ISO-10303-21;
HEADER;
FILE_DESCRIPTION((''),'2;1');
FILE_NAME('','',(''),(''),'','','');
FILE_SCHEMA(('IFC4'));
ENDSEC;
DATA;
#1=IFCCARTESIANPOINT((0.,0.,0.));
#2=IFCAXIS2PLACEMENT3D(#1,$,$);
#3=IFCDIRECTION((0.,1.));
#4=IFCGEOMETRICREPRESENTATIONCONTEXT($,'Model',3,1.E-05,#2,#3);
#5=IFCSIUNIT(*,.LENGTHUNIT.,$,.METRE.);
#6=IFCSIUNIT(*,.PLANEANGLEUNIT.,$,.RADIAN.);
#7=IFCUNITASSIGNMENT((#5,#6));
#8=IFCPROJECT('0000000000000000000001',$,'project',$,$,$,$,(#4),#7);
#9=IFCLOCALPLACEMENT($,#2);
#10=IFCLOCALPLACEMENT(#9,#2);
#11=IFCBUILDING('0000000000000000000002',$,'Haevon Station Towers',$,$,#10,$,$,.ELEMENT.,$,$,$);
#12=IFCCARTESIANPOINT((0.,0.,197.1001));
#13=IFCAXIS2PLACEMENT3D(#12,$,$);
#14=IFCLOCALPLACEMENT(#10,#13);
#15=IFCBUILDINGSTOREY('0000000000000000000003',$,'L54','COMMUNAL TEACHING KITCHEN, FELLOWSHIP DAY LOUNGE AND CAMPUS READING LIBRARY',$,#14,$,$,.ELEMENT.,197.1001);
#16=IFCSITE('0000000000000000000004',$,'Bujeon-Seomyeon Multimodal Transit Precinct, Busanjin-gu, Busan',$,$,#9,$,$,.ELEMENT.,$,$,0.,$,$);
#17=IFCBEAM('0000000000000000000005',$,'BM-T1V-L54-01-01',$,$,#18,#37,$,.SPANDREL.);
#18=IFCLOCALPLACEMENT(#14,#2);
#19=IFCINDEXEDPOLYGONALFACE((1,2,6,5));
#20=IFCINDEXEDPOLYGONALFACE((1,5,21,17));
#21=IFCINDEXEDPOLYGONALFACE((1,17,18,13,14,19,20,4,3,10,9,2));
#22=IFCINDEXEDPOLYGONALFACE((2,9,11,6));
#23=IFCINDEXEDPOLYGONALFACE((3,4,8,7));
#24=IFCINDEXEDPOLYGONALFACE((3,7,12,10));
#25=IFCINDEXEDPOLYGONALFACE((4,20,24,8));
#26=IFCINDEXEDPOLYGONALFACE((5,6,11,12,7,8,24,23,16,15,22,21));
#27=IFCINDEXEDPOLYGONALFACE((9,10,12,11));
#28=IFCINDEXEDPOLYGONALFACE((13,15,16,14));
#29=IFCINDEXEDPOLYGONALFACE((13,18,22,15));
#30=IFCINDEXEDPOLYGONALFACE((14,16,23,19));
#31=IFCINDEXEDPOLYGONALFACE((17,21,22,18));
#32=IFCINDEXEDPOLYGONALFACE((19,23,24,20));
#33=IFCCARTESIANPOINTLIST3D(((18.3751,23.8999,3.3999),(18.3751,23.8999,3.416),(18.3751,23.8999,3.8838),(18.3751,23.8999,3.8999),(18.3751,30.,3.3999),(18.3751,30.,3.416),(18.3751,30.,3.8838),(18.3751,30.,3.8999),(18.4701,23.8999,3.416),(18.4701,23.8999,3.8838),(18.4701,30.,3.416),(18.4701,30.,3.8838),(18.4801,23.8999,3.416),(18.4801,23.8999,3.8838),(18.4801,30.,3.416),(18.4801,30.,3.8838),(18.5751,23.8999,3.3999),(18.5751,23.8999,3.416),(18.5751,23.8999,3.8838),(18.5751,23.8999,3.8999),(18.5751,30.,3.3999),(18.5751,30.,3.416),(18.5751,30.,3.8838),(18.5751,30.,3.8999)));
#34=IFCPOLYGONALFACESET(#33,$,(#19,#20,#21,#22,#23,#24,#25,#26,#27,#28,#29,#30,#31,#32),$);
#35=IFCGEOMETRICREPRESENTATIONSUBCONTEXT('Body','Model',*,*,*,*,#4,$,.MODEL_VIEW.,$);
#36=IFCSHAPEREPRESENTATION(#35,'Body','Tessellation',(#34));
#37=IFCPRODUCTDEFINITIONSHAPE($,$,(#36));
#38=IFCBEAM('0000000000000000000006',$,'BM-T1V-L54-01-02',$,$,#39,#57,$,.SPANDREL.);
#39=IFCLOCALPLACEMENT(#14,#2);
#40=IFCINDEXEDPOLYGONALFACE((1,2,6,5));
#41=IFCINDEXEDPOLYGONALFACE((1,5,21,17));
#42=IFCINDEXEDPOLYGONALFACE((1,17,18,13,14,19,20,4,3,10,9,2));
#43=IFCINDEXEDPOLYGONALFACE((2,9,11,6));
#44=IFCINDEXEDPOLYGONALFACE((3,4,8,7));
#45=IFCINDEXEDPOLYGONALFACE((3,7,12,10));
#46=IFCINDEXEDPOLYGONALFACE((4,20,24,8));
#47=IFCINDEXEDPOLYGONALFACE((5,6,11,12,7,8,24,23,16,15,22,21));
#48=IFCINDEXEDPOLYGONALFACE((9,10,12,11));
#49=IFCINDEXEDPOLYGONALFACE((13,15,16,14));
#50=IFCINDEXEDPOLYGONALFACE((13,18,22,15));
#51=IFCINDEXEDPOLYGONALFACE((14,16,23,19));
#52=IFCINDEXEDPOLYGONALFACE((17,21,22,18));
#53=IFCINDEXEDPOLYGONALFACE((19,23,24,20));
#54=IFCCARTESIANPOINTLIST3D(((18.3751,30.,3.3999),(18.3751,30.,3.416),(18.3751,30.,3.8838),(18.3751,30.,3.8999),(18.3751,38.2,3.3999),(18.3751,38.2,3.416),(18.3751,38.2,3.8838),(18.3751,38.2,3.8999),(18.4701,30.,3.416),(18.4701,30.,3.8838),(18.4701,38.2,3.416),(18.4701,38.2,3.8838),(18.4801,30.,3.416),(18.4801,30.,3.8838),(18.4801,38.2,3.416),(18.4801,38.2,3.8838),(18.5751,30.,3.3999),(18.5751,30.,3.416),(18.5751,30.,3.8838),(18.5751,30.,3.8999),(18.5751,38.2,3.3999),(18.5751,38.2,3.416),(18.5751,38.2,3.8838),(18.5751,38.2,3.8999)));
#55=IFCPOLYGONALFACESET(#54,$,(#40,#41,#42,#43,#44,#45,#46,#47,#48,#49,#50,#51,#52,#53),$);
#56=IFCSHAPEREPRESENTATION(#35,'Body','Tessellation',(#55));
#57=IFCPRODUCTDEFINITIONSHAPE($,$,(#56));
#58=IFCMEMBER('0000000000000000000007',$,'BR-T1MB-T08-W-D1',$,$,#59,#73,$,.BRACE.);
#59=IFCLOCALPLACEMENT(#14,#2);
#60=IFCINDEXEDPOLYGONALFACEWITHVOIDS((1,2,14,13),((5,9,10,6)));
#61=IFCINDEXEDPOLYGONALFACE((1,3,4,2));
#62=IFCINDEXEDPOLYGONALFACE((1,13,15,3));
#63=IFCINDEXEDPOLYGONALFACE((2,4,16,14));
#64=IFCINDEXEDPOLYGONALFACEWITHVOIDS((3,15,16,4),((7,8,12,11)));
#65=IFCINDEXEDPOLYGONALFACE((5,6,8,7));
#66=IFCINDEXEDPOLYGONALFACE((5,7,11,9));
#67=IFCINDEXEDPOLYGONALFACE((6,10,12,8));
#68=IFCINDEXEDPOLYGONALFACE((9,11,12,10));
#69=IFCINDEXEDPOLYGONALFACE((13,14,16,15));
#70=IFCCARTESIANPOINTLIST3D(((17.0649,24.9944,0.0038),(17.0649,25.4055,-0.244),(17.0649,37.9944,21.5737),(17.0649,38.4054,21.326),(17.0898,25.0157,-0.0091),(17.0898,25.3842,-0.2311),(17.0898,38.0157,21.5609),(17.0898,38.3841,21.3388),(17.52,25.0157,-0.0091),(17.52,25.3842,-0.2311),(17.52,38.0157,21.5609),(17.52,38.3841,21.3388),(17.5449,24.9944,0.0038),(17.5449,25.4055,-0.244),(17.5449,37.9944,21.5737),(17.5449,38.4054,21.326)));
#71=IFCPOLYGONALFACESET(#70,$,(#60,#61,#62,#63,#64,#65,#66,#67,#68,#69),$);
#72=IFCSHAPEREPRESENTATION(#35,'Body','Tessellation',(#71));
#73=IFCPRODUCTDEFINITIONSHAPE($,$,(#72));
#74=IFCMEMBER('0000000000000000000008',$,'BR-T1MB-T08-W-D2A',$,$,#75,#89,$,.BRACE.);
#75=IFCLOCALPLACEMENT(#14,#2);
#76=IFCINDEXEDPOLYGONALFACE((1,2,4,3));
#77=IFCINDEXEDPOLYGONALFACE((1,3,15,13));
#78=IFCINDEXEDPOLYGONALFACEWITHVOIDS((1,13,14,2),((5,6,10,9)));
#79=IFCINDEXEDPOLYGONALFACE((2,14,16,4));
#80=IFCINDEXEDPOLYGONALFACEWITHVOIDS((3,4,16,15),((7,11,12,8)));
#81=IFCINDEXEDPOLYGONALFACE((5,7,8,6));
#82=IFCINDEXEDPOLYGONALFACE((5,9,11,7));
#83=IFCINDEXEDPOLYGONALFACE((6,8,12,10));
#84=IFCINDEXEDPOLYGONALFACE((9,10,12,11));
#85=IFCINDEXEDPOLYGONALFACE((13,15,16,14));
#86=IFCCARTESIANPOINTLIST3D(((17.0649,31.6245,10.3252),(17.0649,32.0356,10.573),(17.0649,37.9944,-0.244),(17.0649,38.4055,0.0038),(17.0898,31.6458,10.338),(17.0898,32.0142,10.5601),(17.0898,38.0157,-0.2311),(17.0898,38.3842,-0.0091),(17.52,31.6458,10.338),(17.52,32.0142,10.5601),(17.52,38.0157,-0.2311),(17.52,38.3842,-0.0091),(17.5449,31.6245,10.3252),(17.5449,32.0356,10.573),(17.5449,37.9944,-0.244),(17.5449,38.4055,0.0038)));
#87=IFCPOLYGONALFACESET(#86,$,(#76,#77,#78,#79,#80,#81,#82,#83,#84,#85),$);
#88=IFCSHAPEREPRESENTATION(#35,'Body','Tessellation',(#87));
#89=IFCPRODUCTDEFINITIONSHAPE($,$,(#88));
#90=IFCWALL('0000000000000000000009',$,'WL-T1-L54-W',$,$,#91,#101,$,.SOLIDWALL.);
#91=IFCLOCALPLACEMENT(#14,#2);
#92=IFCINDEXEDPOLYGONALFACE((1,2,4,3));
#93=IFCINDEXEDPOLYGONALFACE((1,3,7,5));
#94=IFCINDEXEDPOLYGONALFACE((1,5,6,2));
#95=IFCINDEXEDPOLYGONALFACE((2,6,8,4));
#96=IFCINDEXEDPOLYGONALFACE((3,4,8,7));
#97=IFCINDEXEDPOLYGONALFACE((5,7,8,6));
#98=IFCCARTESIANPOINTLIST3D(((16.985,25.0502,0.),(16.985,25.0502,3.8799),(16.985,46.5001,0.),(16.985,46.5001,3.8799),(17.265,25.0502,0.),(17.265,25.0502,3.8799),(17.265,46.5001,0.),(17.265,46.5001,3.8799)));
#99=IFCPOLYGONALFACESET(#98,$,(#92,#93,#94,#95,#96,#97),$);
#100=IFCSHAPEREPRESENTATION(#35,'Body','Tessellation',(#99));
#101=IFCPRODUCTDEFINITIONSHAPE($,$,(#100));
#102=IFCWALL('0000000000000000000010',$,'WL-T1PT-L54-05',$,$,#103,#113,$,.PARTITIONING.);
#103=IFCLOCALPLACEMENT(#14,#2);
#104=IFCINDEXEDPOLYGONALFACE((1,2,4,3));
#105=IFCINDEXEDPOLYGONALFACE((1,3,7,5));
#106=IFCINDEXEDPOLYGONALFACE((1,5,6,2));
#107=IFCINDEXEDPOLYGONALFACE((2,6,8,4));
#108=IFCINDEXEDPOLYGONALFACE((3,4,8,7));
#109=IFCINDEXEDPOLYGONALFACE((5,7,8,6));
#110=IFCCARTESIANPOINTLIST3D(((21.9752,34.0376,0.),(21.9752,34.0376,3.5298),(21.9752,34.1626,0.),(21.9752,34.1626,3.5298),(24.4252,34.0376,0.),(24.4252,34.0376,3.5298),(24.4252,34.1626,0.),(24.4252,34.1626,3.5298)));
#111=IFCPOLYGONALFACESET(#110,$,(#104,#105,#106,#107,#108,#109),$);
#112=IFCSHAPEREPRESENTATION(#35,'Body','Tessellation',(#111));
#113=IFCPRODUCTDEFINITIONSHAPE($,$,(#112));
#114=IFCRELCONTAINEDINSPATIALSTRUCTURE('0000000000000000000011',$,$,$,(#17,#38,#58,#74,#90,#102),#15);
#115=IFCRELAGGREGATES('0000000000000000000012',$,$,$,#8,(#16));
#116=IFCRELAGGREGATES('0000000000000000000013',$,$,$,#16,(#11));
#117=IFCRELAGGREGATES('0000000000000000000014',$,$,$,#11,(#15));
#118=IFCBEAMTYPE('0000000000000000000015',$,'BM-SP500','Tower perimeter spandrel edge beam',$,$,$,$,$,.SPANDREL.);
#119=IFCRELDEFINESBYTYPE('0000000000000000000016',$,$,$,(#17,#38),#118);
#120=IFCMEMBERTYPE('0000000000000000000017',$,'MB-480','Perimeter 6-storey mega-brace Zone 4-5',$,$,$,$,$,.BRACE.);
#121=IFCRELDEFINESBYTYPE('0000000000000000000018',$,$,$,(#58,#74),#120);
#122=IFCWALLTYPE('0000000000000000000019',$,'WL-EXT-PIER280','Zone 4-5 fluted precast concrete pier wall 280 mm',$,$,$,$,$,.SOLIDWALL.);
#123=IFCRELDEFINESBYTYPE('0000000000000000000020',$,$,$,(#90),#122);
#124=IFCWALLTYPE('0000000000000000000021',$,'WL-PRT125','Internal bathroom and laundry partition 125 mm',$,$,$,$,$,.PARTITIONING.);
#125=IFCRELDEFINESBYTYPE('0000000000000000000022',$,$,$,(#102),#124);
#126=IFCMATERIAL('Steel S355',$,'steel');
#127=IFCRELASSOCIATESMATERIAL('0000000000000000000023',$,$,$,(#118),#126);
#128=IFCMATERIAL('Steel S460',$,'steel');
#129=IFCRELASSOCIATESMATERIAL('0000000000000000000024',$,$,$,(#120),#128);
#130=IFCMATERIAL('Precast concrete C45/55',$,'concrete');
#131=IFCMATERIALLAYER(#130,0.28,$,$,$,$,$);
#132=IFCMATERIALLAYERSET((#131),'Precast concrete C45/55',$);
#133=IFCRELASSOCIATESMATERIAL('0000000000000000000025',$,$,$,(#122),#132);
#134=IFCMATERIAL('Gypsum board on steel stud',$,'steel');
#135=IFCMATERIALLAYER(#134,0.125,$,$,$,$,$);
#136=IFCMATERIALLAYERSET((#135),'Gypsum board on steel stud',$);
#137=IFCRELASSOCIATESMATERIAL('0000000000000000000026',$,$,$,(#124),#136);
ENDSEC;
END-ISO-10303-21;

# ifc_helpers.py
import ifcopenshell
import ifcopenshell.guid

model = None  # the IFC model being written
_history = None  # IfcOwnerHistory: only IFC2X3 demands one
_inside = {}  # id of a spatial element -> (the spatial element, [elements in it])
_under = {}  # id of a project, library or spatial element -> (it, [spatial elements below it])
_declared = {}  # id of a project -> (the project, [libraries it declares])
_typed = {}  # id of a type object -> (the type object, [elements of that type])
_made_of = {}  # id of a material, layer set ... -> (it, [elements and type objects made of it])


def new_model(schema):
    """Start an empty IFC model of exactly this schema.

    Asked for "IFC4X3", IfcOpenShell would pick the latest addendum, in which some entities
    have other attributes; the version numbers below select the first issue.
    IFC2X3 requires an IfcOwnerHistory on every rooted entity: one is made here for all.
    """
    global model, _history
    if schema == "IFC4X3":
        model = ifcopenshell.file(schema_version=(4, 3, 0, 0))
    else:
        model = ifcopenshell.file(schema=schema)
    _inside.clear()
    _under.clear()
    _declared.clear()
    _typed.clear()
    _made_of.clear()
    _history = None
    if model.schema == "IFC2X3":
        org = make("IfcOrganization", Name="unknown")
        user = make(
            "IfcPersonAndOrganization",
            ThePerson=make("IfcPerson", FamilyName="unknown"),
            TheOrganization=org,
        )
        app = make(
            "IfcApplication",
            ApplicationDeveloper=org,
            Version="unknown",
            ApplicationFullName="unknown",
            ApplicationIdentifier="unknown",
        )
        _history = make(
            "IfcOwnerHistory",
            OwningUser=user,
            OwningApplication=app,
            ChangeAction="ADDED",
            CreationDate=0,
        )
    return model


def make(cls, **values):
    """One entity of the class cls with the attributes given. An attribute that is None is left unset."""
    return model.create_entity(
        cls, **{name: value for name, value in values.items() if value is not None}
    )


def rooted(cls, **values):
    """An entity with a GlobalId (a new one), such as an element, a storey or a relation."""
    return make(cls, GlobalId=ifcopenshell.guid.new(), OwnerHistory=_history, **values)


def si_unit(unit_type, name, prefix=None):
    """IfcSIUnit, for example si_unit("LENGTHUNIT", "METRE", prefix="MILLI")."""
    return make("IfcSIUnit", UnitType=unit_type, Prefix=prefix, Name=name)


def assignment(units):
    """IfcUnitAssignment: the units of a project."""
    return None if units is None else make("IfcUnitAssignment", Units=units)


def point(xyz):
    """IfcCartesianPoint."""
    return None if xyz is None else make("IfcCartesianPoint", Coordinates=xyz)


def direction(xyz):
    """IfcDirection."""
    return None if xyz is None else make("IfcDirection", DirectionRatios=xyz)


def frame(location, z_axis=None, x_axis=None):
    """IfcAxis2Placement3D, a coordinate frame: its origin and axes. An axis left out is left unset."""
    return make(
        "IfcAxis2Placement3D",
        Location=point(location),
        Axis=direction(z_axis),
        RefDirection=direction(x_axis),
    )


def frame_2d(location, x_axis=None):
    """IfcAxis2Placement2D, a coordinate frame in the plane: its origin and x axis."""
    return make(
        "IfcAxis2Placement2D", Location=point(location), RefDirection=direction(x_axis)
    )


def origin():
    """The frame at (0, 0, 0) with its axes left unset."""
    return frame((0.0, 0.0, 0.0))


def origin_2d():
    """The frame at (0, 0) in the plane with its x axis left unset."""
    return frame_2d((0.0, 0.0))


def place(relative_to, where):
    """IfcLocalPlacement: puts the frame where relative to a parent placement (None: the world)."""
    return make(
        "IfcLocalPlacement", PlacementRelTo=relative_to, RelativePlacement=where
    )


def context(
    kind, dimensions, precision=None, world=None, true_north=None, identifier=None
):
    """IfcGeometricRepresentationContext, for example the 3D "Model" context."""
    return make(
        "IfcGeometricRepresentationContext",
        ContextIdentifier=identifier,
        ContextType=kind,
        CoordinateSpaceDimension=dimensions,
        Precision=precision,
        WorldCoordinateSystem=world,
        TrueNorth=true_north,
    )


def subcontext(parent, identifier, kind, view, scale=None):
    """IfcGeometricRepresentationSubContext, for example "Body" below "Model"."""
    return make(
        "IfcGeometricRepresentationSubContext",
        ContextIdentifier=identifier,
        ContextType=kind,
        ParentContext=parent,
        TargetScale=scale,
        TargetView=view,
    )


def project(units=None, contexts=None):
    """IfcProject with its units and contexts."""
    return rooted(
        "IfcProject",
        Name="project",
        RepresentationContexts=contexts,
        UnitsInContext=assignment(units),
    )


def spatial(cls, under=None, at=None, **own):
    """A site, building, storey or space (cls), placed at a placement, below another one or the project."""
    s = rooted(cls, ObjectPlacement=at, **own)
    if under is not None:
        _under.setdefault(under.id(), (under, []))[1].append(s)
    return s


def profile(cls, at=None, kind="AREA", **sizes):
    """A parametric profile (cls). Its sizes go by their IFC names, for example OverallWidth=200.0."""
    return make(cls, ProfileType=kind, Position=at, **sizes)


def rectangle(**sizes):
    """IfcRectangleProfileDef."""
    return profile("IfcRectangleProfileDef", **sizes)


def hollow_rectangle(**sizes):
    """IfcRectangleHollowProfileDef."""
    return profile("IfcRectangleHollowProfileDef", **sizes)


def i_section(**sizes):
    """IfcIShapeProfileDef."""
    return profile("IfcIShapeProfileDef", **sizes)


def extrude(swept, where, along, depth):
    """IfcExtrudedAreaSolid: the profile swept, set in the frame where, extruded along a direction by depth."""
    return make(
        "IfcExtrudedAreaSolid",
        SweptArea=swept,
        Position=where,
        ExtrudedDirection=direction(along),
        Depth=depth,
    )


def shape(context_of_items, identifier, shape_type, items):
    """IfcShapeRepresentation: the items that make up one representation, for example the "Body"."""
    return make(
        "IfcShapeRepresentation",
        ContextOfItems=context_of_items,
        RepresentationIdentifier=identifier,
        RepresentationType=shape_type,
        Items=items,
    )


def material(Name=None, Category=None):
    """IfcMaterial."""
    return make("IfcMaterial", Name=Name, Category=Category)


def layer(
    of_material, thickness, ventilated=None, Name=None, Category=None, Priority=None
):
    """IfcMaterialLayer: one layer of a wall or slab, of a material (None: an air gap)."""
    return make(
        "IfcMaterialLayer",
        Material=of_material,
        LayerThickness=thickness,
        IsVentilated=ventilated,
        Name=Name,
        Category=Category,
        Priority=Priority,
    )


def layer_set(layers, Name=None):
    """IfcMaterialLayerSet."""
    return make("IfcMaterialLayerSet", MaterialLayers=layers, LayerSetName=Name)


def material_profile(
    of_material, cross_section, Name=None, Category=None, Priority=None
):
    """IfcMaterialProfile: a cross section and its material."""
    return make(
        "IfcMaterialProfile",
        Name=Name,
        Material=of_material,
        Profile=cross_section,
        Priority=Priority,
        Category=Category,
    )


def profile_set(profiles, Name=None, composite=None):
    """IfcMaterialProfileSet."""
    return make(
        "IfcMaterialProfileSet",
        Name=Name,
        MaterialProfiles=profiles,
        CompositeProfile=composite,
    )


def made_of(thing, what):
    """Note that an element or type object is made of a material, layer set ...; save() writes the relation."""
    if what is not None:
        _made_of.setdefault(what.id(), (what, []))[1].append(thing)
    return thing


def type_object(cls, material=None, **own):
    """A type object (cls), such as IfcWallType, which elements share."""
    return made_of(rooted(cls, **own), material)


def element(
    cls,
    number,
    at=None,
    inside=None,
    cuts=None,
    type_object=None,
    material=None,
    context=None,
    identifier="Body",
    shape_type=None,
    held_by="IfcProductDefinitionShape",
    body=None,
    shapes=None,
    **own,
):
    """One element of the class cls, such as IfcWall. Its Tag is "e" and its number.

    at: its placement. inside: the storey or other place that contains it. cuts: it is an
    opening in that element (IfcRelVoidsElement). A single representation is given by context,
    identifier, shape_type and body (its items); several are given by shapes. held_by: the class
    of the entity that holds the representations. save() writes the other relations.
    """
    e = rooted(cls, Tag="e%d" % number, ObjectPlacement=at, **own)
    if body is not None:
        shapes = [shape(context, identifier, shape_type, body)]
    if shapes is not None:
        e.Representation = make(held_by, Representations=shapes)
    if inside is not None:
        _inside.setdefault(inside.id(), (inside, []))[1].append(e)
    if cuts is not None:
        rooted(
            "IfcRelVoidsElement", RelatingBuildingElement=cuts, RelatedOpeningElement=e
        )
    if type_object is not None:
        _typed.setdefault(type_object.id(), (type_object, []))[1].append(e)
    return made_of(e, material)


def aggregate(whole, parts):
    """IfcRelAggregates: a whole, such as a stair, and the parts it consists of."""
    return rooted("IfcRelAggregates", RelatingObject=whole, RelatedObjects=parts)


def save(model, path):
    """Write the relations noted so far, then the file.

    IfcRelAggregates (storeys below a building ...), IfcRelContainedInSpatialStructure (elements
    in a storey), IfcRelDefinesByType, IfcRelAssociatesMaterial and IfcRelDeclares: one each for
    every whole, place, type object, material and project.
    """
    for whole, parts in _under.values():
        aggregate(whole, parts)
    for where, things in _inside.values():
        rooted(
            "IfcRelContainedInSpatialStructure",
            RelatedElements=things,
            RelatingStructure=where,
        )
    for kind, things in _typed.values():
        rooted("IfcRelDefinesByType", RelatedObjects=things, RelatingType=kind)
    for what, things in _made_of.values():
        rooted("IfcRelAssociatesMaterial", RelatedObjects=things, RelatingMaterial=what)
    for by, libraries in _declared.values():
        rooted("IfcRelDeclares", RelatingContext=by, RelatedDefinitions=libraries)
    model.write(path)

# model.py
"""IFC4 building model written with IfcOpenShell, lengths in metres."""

from ifc_helpers import new_model, si_unit, direction, frame, frame_2d, origin, origin_2d, place, context, subcontext, project, spatial, rectangle, hollow_rectangle, i_section, extrude, material, layer, layer_set, material_profile, profile_set, type_object, element, save


model = new_model("IFC4")

# Units and contexts
model_context = context("Model", 3, precision=1e-05, world=origin(), true_north=direction((0.0, 1.0)))
body_context = subcontext(model_context, "Body", "Model", "MODEL_VIEW")
ifc_project = project(units=[si_unit("LENGTHUNIT", "METRE"), si_unit("PLANEANGLEUNIT", "RADIAN")], contexts=[model_context])

# Site, building, storey
site_placement = place(None, origin())
site = spatial("IfcSite", under=ifc_project, at=site_placement, Name="Bujeon-Seomyeon Multimodal Transit Precinct, Busanjin-gu, Busan", CompositionType="ELEMENT", RefElevation=0.0)
building_placement = place(site_placement, origin())
building = spatial("IfcBuilding", under=site, at=building_placement, Name="Haevon Station Towers", CompositionType="ELEMENT")
storey_placement = place(building_placement, frame((0.0, 0.0, 197.1001)))
storey = spatial("IfcBuildingStorey", under=building, at=storey_placement, Name="L54", Description="COMMUNAL TEACHING KITCHEN, FELLOWSHIP DAY LOUNGE AND CAMPUS READING LIBRARY", CompositionType="ELEMENT", Elevation=197.1001)

# Shared definitions
ifc_material_1 = material(Name="Steel S355", Category="steel")

# Beams
ifc_material_profile_1 = material_profile(ifc_material_1, i_section(OverallWidth=0.2, OverallDepth=0.5, WebThickness=0.01, FlangeThickness=0.0161, at=origin_2d()), Name="H-500x200x10x16")
ifc_profile_set_1 = profile_set([ifc_material_profile_1], Name="Steel S355")
beam_type_1 = type_object("IfcBeamType", Name="BM-SP500", Description="Tower perimeter spandrel edge beam", PredefinedType="SPANDREL", material=ifc_profile_set_1)
beam_1_placement = place(storey_placement, frame((18.4751, 23.8999, 3.6499), z_axis=(0.0, 1.0, 0.0), x_axis=(-1.0, 0.0, 0.0)))
element("IfcBeam", 1, at=beam_1_placement, inside=storey, type_object=beam_type_1, Name="BM-T1V-L54-01-01", PredefinedType="SPANDREL", context=body_context, shape_type="SweptSolid", body=[
    extrude(i_section(OverallWidth=0.2, OverallDepth=0.5, WebThickness=0.01, FlangeThickness=0.0161, at=origin_2d()), origin(), (0.0, 0.0, 1.0), 6.1001),
])
beam_2_placement = place(storey_placement, frame((18.4751, 30.0, 3.6499), z_axis=(0.0, 1.0, 0.0), x_axis=(-1.0, 0.0, 0.0)))
element("IfcBeam", 2, at=beam_2_placement, inside=storey, type_object=beam_type_1, Name="BM-T1V-L54-01-02", PredefinedType="SPANDREL", context=body_context, shape_type="SweptSolid", body=[
    extrude(i_section(OverallWidth=0.2, OverallDepth=0.5, WebThickness=0.01, FlangeThickness=0.0161, at=origin_2d()), origin(), (0.0, 0.0, 1.0), 8.2),
])

# Members
ifc_material_2 = material(Name="Steel S460", Category="steel")
ifc_material_profile_2 = material_profile(ifc_material_2, hollow_rectangle(XDim=0.48, YDim=0.48, WallThickness=0.0249, at=origin_2d()), Name="RHS-480x480x25")
ifc_profile_set_2 = profile_set([ifc_material_profile_2], Name="Steel S460")
member_type = type_object("IfcMemberType", Name="MB-480", Description="Perimeter 6-storey mega-brace Zone 4-5", PredefinedType="BRACE", material=ifc_profile_set_2)
member_1_placement = place(storey_placement, frame((17.3049, 25.2, -0.1201), z_axis=(0.0, 0.516187, 0.856476), x_axis=(-1.0, 0.0, 0.0)))
element("IfcMember", 3, at=member_1_placement, inside=storey, type_object=member_type, Name="BR-T1MB-T08-W-D1", PredefinedType="BRACE", context=body_context, shape_type="SweptSolid", body=[
    extrude(hollow_rectangle(XDim=0.48, YDim=0.48, WallThickness=0.0249, at=origin_2d()), origin(), (0.0, 0.0, 1.0), 25.1846),
])
member_2_placement = place(storey_placement, frame((17.3049, 38.2, -0.1201), z_axis=(0.0, -0.516188, 0.856475), x_axis=(1.0, 0.0, 0.0)))
element("IfcMember", 4, at=member_2_placement, inside=storey, type_object=member_type, Name="BR-T1MB-T08-W-D2A", PredefinedType="BRACE", context=body_context, shape_type="SweptSolid", body=[
    extrude(hollow_rectangle(XDim=0.48, YDim=0.48, WallThickness=0.0249, at=origin_2d()), origin(), (0.0, 0.0, 1.0), 12.3403),
])

# Walls
ifc_material_3 = material(Name="Precast concrete C45/55", Category="concrete")
ifc_layer_1 = layer(ifc_material_3, 0.28)
ifc_layer_set_1 = layer_set([ifc_layer_1], Name="Precast concrete C45/55")
wall_type_1 = type_object("IfcWallType", Name="WL-EXT-PIER280", Description="Zone 4-5 fluted precast concrete pier wall 280 mm", PredefinedType="SOLIDWALL", material=ifc_layer_set_1)
wall_1_placement = place(storey_placement, frame((17.125, 25.05, 0.0), z_axis=(0.0, 0.0, 1.0), x_axis=(0.0, 1.0, 0.0)))
element("IfcWall", 5, at=wall_1_placement, inside=storey, type_object=wall_type_1, Name="WL-T1-L54-W", PredefinedType="SOLIDWALL", context=body_context, shape_type="SweptSolid", body=[
    extrude(rectangle(XDim=21.45, YDim=0.28, at=frame_2d((10.7251, 0.0))), origin(), (0.0, 0.0, 1.0), 3.8799),
])
ifc_material_4 = material(Name="Gypsum board on steel stud", Category="steel")
ifc_layer_2 = layer(ifc_material_4, 0.125)
ifc_layer_set_2 = layer_set([ifc_layer_2], Name="Gypsum board on steel stud")
wall_type_2 = type_object("IfcWallType", Name="WL-PRT125", Description="Internal bathroom and laundry partition 125 mm", PredefinedType="PARTITIONING", material=ifc_layer_set_2)
wall_2_placement = place(storey_placement, frame((21.9751, 34.1001, 0.0), z_axis=(0.0, 0.0, 1.0), x_axis=(1.0, 0.0, 0.0)))
element("IfcWall", 6, at=wall_2_placement, inside=storey, type_object=wall_type_2, Name="WL-T1PT-L54-05", PredefinedType="PARTITIONING", context=body_context, shape_type="SweptSolid", body=[
    extrude(rectangle(XDim=2.45, YDim=0.125, at=frame_2d((1.2251, 0.0))), origin(), (0.0, 0.0, 1.0), 3.5298),
])

save(model, "model.ifc")
